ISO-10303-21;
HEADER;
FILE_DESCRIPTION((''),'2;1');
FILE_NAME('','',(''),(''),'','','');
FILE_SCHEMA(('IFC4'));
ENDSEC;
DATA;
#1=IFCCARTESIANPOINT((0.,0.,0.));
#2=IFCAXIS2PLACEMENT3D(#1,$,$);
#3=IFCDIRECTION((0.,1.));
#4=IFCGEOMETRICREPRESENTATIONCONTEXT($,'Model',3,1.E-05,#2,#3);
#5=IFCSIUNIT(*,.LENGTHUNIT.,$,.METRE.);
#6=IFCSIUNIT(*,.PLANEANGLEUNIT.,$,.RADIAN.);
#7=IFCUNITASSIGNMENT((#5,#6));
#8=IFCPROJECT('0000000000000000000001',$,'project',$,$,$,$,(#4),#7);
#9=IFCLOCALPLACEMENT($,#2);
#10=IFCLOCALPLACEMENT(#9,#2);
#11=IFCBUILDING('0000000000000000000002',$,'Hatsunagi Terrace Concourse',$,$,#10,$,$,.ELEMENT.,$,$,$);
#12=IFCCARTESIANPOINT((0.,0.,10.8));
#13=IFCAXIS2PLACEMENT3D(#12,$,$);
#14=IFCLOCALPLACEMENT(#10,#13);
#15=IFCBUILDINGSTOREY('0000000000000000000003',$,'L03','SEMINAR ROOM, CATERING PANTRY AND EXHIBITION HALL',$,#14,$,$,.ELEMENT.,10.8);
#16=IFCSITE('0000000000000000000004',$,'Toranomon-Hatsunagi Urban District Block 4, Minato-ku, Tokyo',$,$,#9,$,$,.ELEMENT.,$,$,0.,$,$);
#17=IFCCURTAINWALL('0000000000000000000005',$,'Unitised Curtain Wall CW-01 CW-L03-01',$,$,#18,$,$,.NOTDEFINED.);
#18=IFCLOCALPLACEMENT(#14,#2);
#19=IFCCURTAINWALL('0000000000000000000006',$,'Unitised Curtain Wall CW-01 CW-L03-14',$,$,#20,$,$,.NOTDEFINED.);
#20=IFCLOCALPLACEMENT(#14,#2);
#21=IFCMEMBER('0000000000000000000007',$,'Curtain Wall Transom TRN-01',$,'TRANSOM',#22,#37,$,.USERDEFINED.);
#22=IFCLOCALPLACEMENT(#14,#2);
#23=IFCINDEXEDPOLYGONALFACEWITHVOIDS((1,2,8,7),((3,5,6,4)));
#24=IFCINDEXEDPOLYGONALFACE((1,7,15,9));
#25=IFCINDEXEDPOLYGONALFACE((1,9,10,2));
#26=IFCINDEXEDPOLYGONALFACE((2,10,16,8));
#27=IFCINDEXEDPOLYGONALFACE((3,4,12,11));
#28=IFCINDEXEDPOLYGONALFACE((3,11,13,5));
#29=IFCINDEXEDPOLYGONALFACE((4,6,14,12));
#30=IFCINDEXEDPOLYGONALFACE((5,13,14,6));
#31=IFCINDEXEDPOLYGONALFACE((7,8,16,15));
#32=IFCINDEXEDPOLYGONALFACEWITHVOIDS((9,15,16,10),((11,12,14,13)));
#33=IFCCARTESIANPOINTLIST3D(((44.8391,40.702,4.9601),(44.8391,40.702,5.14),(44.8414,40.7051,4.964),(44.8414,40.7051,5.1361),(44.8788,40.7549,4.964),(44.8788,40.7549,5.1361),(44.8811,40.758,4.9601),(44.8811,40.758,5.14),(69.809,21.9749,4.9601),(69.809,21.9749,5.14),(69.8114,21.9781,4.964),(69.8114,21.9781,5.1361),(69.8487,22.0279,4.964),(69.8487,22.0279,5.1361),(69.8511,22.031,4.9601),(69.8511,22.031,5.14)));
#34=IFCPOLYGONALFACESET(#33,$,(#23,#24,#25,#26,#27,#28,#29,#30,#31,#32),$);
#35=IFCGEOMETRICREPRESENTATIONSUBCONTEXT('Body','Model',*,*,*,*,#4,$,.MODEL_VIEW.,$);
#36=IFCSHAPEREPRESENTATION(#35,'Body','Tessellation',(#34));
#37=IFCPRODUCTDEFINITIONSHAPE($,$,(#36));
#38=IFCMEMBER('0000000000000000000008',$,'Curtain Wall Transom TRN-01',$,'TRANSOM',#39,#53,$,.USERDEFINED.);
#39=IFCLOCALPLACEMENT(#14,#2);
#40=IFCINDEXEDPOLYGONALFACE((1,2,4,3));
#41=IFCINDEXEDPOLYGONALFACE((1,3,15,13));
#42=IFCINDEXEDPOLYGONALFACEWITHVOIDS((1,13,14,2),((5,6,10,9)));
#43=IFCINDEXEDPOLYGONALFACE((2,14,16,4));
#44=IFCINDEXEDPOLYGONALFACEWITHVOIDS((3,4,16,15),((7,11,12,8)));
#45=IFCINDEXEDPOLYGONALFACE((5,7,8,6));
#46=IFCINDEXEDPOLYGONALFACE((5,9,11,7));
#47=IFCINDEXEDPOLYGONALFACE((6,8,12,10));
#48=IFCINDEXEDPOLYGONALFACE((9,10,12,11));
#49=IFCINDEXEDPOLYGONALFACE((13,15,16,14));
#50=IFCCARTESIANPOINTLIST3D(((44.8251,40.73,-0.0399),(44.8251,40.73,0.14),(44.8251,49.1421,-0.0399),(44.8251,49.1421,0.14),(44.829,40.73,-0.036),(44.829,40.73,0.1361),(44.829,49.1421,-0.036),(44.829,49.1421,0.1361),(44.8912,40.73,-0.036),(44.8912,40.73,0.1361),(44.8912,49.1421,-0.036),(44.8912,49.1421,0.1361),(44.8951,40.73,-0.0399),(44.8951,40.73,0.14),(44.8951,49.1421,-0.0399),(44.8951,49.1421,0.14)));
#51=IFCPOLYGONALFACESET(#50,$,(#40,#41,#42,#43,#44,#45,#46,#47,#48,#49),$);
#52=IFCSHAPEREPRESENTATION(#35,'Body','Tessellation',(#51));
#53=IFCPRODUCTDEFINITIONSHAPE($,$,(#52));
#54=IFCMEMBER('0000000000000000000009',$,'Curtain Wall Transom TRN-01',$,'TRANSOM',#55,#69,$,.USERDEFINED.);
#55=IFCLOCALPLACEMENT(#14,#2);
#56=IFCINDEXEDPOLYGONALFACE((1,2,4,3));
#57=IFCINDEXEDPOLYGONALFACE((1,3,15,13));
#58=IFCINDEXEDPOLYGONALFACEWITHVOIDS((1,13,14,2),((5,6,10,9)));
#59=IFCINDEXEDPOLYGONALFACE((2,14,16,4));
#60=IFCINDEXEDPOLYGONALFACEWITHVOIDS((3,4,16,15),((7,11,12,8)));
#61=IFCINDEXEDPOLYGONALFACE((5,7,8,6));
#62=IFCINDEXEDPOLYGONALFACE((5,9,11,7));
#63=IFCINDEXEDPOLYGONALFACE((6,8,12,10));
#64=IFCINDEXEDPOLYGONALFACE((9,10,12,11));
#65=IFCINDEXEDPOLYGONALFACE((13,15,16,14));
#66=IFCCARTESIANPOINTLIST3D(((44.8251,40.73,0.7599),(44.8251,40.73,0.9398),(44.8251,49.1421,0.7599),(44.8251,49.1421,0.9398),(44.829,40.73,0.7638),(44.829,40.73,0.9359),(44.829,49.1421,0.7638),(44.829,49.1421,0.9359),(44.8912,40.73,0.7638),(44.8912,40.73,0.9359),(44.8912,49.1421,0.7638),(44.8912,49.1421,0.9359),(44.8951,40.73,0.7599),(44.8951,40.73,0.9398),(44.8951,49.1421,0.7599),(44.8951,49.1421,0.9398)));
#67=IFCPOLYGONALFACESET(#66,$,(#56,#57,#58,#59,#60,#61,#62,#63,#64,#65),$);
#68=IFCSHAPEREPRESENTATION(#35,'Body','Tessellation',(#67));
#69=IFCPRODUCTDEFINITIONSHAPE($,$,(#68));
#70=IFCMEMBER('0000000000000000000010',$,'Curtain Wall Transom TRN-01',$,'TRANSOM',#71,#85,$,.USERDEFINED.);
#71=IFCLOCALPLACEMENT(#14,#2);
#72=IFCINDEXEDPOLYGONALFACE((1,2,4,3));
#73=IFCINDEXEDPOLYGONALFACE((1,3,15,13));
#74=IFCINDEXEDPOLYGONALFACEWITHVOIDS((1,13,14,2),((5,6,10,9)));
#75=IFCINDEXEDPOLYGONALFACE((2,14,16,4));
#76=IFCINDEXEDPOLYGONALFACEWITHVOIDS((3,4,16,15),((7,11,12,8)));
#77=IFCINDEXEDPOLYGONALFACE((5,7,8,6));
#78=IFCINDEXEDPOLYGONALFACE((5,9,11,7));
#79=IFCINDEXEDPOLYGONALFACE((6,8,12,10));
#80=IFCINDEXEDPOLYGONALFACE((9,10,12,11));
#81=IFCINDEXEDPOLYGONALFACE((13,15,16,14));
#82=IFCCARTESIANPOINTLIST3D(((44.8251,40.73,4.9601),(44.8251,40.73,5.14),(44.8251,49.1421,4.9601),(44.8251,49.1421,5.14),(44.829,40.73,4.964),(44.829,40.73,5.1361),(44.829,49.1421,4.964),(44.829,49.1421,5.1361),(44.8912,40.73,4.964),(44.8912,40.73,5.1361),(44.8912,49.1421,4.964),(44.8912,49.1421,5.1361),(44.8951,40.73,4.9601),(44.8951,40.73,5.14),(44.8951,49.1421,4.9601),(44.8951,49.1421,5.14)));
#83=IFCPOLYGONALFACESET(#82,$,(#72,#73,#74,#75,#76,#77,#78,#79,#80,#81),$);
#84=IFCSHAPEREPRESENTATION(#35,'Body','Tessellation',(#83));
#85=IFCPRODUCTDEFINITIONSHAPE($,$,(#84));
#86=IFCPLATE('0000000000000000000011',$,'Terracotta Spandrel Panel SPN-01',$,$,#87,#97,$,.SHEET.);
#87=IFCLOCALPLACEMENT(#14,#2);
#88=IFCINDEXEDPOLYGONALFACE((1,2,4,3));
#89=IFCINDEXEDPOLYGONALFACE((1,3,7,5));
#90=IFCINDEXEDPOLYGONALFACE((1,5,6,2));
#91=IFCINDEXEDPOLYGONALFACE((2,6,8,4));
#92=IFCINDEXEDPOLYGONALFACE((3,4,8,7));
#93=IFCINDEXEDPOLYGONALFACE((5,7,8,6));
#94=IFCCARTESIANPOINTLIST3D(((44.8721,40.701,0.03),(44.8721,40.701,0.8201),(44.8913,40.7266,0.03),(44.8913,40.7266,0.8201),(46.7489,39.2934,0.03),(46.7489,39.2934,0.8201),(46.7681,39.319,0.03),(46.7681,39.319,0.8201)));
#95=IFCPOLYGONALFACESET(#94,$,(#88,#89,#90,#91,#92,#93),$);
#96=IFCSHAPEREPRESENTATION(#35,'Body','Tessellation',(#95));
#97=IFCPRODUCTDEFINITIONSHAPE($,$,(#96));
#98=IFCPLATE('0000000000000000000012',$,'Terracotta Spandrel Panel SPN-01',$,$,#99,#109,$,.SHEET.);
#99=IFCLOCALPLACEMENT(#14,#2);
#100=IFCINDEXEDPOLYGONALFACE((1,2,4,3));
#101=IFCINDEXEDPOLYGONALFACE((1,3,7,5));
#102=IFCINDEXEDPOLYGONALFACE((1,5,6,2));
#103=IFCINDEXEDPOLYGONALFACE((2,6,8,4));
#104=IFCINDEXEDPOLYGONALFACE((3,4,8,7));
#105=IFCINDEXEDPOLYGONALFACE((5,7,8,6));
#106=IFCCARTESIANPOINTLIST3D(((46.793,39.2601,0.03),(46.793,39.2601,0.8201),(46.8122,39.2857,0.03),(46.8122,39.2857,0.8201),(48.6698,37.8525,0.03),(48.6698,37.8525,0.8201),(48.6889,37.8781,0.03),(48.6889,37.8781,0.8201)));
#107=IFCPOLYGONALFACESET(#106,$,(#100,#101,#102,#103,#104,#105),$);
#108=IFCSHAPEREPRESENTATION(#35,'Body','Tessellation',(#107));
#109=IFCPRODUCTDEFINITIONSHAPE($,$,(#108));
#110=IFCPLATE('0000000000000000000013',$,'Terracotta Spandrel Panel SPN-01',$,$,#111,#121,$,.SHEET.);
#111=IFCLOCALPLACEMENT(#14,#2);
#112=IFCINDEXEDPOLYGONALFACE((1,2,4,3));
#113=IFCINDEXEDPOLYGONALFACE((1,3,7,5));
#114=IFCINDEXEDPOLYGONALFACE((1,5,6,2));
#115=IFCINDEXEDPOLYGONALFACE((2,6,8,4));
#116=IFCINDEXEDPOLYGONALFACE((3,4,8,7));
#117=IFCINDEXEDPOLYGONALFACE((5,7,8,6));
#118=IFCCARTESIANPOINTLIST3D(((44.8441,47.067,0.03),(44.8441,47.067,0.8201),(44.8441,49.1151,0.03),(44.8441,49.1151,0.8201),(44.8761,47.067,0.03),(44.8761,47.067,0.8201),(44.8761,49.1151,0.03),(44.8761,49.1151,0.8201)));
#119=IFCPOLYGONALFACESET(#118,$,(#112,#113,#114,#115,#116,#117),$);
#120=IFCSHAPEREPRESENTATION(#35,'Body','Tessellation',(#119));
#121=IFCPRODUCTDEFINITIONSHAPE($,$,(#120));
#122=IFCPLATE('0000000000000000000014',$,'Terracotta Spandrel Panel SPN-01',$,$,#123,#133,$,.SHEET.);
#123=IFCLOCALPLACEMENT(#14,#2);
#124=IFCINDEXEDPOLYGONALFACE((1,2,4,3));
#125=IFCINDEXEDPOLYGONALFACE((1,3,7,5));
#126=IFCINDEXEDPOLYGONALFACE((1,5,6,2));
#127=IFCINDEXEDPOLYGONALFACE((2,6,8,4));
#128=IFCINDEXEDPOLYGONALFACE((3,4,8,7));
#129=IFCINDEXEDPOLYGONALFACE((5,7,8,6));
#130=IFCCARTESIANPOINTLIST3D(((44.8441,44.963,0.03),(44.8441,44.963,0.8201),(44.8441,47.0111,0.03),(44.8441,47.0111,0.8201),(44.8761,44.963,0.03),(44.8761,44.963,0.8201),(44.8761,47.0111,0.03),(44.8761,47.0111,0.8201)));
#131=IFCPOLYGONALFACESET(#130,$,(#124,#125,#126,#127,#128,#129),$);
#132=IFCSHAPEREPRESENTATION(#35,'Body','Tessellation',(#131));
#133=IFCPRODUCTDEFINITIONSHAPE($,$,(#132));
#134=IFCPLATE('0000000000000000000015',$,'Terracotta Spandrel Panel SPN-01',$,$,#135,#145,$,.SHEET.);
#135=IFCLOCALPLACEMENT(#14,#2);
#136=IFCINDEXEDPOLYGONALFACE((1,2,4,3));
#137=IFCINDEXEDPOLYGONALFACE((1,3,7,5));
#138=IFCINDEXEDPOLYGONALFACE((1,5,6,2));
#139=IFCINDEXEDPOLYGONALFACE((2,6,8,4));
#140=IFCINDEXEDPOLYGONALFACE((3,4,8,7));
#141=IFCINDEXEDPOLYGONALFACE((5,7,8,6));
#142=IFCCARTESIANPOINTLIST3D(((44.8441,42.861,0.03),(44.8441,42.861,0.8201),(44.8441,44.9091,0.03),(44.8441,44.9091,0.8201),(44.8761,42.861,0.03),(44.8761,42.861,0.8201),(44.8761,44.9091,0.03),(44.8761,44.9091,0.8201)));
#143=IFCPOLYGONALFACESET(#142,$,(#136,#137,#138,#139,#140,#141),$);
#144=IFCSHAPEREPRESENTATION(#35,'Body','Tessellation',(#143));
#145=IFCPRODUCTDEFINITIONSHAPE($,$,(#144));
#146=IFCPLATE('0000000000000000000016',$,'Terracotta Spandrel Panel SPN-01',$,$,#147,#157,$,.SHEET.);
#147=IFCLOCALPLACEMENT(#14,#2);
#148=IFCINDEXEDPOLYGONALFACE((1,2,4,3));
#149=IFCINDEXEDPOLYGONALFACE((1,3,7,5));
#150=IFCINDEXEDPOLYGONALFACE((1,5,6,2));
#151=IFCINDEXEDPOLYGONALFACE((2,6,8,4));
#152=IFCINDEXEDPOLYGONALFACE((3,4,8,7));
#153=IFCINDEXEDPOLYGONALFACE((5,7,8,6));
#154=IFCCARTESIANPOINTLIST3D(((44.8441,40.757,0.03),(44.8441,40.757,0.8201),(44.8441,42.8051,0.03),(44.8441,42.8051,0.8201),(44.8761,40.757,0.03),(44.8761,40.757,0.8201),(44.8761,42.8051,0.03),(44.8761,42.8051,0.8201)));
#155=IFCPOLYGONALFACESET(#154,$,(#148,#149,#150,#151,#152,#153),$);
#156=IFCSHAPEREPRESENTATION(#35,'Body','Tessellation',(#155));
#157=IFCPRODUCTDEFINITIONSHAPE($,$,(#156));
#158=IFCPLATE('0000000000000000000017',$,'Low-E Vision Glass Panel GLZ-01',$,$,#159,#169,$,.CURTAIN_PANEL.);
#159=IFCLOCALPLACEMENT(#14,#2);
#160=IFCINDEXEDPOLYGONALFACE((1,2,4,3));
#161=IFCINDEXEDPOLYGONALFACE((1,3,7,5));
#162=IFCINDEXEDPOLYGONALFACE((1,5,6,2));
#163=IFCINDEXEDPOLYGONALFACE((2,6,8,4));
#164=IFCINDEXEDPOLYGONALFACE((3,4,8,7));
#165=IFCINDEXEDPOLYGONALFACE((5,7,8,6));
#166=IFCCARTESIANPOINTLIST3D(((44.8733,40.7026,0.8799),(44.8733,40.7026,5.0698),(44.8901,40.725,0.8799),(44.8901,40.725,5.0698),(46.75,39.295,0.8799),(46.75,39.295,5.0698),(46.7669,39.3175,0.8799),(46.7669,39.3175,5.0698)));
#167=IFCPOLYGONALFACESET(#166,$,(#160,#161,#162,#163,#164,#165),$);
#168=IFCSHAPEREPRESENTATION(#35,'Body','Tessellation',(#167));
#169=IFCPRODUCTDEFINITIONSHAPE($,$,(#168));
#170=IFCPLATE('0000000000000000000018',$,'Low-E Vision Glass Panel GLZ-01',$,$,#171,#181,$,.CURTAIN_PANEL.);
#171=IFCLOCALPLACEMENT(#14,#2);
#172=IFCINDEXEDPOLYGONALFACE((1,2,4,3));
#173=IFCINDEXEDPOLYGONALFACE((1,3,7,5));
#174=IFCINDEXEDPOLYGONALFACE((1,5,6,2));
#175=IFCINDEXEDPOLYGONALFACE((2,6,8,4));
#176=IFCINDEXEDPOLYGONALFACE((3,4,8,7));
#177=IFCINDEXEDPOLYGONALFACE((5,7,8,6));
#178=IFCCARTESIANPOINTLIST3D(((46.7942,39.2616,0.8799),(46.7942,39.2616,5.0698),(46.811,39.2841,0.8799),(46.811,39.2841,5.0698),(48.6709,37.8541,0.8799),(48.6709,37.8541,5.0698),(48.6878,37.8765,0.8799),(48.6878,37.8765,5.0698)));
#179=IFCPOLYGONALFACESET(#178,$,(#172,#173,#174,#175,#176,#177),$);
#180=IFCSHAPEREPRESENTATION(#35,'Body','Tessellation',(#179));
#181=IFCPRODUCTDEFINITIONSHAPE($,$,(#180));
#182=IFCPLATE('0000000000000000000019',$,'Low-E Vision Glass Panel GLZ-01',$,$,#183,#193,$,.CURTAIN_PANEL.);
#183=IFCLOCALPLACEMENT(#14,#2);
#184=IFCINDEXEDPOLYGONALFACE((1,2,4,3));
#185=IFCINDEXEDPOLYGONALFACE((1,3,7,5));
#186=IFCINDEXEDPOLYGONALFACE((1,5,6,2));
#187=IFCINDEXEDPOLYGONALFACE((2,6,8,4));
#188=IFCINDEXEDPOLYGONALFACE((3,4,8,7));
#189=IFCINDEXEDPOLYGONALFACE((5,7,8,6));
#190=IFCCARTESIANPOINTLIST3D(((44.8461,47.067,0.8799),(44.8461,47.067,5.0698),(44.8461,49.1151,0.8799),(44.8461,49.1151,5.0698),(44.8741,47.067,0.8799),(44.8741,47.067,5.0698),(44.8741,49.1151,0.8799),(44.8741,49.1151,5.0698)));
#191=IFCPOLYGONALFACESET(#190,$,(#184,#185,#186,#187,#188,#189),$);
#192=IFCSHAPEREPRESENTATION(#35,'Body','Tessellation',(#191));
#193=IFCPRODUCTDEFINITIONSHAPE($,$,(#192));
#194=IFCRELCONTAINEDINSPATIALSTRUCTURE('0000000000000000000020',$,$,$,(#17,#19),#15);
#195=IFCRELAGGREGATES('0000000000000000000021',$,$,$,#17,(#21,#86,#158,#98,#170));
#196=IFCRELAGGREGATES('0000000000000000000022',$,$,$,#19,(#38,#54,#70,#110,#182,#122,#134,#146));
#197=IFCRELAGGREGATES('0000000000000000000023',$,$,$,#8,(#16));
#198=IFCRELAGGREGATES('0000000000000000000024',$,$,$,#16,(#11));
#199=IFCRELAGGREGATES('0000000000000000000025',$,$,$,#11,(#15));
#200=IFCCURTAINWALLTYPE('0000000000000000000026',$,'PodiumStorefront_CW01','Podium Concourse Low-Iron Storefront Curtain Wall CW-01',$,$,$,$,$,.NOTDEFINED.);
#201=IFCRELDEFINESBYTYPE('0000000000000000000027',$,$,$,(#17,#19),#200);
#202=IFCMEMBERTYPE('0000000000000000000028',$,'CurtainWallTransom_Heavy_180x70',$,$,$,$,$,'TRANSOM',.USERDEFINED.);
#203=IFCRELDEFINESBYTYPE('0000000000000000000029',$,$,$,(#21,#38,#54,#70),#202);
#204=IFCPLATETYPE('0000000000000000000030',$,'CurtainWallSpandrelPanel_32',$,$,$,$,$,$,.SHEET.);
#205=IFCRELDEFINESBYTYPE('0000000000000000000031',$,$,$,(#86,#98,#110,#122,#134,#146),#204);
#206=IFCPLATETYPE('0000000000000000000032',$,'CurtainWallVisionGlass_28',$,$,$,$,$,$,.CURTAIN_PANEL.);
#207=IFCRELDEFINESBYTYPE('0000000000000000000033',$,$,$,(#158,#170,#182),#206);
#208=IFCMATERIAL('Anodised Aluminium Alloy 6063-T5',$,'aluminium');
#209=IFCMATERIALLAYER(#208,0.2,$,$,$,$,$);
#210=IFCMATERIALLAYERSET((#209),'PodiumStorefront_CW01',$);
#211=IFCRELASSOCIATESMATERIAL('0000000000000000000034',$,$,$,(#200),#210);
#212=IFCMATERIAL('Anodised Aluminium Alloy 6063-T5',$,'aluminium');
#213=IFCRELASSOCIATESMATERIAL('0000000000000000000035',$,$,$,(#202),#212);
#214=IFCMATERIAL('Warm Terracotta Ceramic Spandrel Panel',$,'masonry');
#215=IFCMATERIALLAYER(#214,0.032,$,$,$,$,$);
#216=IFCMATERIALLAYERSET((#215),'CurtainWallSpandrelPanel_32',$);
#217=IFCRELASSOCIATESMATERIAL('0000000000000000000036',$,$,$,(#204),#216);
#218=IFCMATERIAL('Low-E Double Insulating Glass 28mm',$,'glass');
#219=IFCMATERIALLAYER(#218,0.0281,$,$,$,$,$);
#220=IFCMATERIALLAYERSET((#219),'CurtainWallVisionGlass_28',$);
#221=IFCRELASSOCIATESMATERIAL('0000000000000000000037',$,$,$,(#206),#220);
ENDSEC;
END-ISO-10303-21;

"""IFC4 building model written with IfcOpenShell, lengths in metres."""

from ifc_helpers import new_model, si_unit, direction, frame, origin, origin_2d, place, context, subcontext, project, spatial, rectangle, hollow_rectangle, extrude, material, layer, layer_set, material_profile, profile_set, type_object, element, aggregate, save


model = new_model("IFC4")

# Units and contexts
model_context = context("Model", 3, precision=1e-05, world=origin(), true_north=direction((0.0, 1.0)))
body_context = subcontext(model_context, "Body", "Model", "MODEL_VIEW")
ifc_project = project(units=[si_unit("LENGTHUNIT", "METRE"), si_unit("PLANEANGLEUNIT", "RADIAN")], contexts=[model_context])

# Site, building, storey
site_placement = place(None, origin())
site = spatial("IfcSite", under=ifc_project, at=site_placement, Name="Toranomon-Hatsunagi Urban District Block 4, Minato-ku, Tokyo", CompositionType="ELEMENT", RefElevation=0.0)
building_placement = place(site_placement, origin())
building = spatial("IfcBuilding", under=site, at=building_placement, Name="Hatsunagi Terrace Concourse", CompositionType="ELEMENT")
storey_placement = place(building_placement, frame((0.0, 0.0, 10.8)))
storey = spatial("IfcBuildingStorey", under=building, at=storey_placement, Name="L03", Description="SEMINAR ROOM, CATERING PANTRY AND EXHIBITION HALL", CompositionType="ELEMENT", Elevation=10.8)

# Curtain walls
ifc_material_1 = material(Name="Anodised Aluminium Alloy 6063-T5", Category="aluminium")
ifc_layer_1 = layer(ifc_material_1, 0.2)
ifc_layer_set_1 = layer_set([ifc_layer_1], Name="PodiumStorefront_CW01")
curtain_wall_type = type_object("IfcCurtainWallType", Name="PodiumStorefront_CW01", Description="Podium Concourse Low-Iron Storefront Curtain Wall CW-01", PredefinedType="NOTDEFINED", material=ifc_layer_set_1)
curtain_wall_1_placement = place(storey_placement, origin())
curtain_wall_1 = element("IfcCurtainWall", 1, at=curtain_wall_1_placement, inside=storey, type_object=curtain_wall_type, Name="Unitised Curtain Wall CW-01 CW-L03-01", PredefinedType="NOTDEFINED")
curtain_wall_2_placement = place(storey_placement, origin())
curtain_wall_2 = element("IfcCurtainWall", 2, at=curtain_wall_2_placement, inside=storey, type_object=curtain_wall_type, Name="Unitised Curtain Wall CW-01 CW-L03-14", PredefinedType="NOTDEFINED")

# Members
ifc_material_2 = material(Name="Anodised Aluminium Alloy 6063-T5", Category="aluminium")
ifc_material_profile_1 = material_profile(ifc_material_2, hollow_rectangle(XDim=0.0701, YDim=0.1799, WallThickness=0.0039, at=origin_2d()), Name="ALU-TRN-180x70x4")
ifc_profile_set_1 = profile_set([ifc_material_profile_1], Name="Anodised Aluminium Alloy 6063-T5")
member_type_1 = type_object("IfcMemberType", Name="CurtainWallTransom_Heavy_180x70", ElementType="TRANSOM", PredefinedType="USERDEFINED", material=ifc_profile_set_1)
member_1_placement = place(storey_placement, frame((44.8601, 40.73, 5.05), z_axis=(0.800007, -0.599991, 0.0), x_axis=(0.599991, 0.800007, 0.0)))
member_1 = element("IfcMember", 3, at=member_1_placement, type_object=member_type_1, Name="Curtain Wall Transom TRN-01", ObjectType="TRANSOM", PredefinedType="USERDEFINED", context=body_context, shape_type="SweptSolid", body=[
    extrude(hollow_rectangle(XDim=0.0701, YDim=0.1799, WallThickness=0.0039, at=origin_2d()), origin(), (0.0, 0.0, 1.0), 31.2122),
])
member_2_placement = place(storey_placement, frame((44.8601, 49.1421, 0.05), z_axis=(0.0, -1.0, 0.0), x_axis=(1.0, 0.0, 0.0)))
member_2 = element("IfcMember", 4, at=member_2_placement, type_object=member_type_1, Name="Curtain Wall Transom TRN-01", ObjectType="TRANSOM", PredefinedType="USERDEFINED", context=body_context, shape_type="SweptSolid", body=[
    extrude(hollow_rectangle(XDim=0.0701, YDim=0.1799, WallThickness=0.0039, at=origin_2d()), origin(), (0.0, 0.0, 1.0), 8.4121),
])
member_3_placement = place(storey_placement, frame((44.8601, 49.1421, 0.8499), z_axis=(0.0, -1.0, 0.0), x_axis=(1.0, 0.0, 0.0)))
member_3 = element("IfcMember", 5, at=member_3_placement, type_object=member_type_1, Name="Curtain Wall Transom TRN-01", ObjectType="TRANSOM", PredefinedType="USERDEFINED", context=body_context, shape_type="SweptSolid", body=[
    extrude(hollow_rectangle(XDim=0.0701, YDim=0.1799, WallThickness=0.0039, at=origin_2d()), origin(), (0.0, 0.0, 1.0), 8.4121),
])
member_4_placement = place(storey_placement, frame((44.8601, 49.1421, 5.05), z_axis=(0.0, -1.0, 0.0), x_axis=(1.0, 0.0, 0.0)))
member_4 = element("IfcMember", 6, at=member_4_placement, type_object=member_type_1, Name="Curtain Wall Transom TRN-01", ObjectType="TRANSOM", PredefinedType="USERDEFINED", context=body_context, shape_type="SweptSolid", body=[
    extrude(hollow_rectangle(XDim=0.0701, YDim=0.1799, WallThickness=0.0039, at=origin_2d()), origin(), (0.0, 0.0, 1.0), 8.4121),
])

# Plates
ifc_material_3 = material(Name="Warm Terracotta Ceramic Spandrel Panel", Category="masonry")
ifc_layer_2 = layer(ifc_material_3, 0.032)
ifc_layer_set_2 = layer_set([ifc_layer_2], Name="CurtainWallSpandrelPanel_32")
plate_type_1 = type_object("IfcPlateType", Name="CurtainWallSpandrelPanel_32", PredefinedType="SHEET", material=ifc_layer_set_2)
plate_1_placement = place(storey_placement, frame((45.8201, 40.01, 0.03), z_axis=(0.0, 0.0, 1.0), x_axis=(0.800007, -0.59999, 0.0)))
plate_1 = element("IfcPlate", 7, at=plate_1_placement, type_object=plate_type_1, Name="Terracotta Spandrel Panel SPN-01", PredefinedType="SHEET", context=body_context, shape_type="SweptSolid", body=[
    extrude(rectangle(XDim=2.3459, YDim=0.032, at=origin_2d()), origin(), (0.0, 0.0, 1.0), 0.79),
])
plate_2_placement = place(storey_placement, frame((47.741, 38.5691, 0.03), z_axis=(0.0, 0.0, 1.0), x_axis=(0.800007, -0.59999, 0.0)))
plate_2 = element("IfcPlate", 8, at=plate_2_placement, type_object=plate_type_1, Name="Terracotta Spandrel Panel SPN-01", PredefinedType="SHEET", context=body_context, shape_type="SweptSolid", body=[
    extrude(rectangle(XDim=2.3459, YDim=0.032, at=origin_2d()), origin(), (0.0, 0.0, 1.0), 0.79),
])
plate_3_placement = place(storey_placement, frame((44.8601, 48.0911, 0.03), z_axis=(0.0, 0.0, 1.0), x_axis=(0.0, -1.0, 0.0)))
plate_3 = element("IfcPlate", 9, at=plate_3_placement, type_object=plate_type_1, Name="Terracotta Spandrel Panel SPN-01", PredefinedType="SHEET", context=body_context, shape_type="SweptSolid", body=[
    extrude(rectangle(XDim=2.0481, YDim=0.032, at=origin_2d()), origin(), (0.0, 0.0, 1.0), 0.79),
])
plate_4_placement = place(storey_placement, frame((44.8601, 45.9871, 0.03), z_axis=(0.0, 0.0, 1.0), x_axis=(0.0, -1.0, 0.0)))
plate_4 = element("IfcPlate", 10, at=plate_4_placement, type_object=plate_type_1, Name="Terracotta Spandrel Panel SPN-01", PredefinedType="SHEET", context=body_context, shape_type="SweptSolid", body=[
    extrude(rectangle(XDim=2.0481, YDim=0.032, at=origin_2d()), origin(), (0.0, 0.0, 1.0), 0.79),
])
plate_5_placement = place(storey_placement, frame((44.8601, 43.885, 0.03), z_axis=(0.0, 0.0, 1.0), x_axis=(0.0, -1.0, 0.0)))
plate_5 = element("IfcPlate", 11, at=plate_5_placement, type_object=plate_type_1, Name="Terracotta Spandrel Panel SPN-01", PredefinedType="SHEET", context=body_context, shape_type="SweptSolid", body=[
    extrude(rectangle(XDim=2.0481, YDim=0.032, at=origin_2d()), origin(), (0.0, 0.0, 1.0), 0.79),
])
plate_6_placement = place(storey_placement, frame((44.8601, 41.781, 0.03), z_axis=(0.0, 0.0, 1.0), x_axis=(0.0, -1.0, 0.0)))
plate_6 = element("IfcPlate", 12, at=plate_6_placement, type_object=plate_type_1, Name="Terracotta Spandrel Panel SPN-01", PredefinedType="SHEET", context=body_context, shape_type="SweptSolid", body=[
    extrude(rectangle(XDim=2.0481, YDim=0.032, at=origin_2d()), origin(), (0.0, 0.0, 1.0), 0.79),
])
ifc_material_4 = material(Name="Low-E Double Insulating Glass 28mm", Category="glass")
ifc_layer_3 = layer(ifc_material_4, 0.0281)
ifc_layer_set_3 = layer_set([ifc_layer_3], Name="CurtainWallVisionGlass_28")
plate_type_2 = type_object("IfcPlateType", Name="CurtainWallVisionGlass_28", PredefinedType="CURTAIN_PANEL", material=ifc_layer_set_3)
plate_7_placement = place(storey_placement, frame((45.8201, 40.01, 0.8799), z_axis=(0.0, 0.0, 1.0), x_axis=(0.800007, -0.59999, 0.0)))
plate_7 = element("IfcPlate", 13, at=plate_7_placement, type_object=plate_type_2, Name="Low-E Vision Glass Panel GLZ-01", PredefinedType="CURTAIN_PANEL", context=body_context, shape_type="SweptSolid", body=[
    extrude(rectangle(XDim=2.3459, YDim=0.0281, at=origin_2d()), origin(), (0.0, 0.0, 1.0), 4.1899),
])
plate_8_placement = place(storey_placement, frame((47.741, 38.5691, 0.8799), z_axis=(0.0, 0.0, 1.0), x_axis=(0.800007, -0.59999, 0.0)))
plate_8 = element("IfcPlate", 14, at=plate_8_placement, type_object=plate_type_2, Name="Low-E Vision Glass Panel GLZ-01", PredefinedType="CURTAIN_PANEL", context=body_context, shape_type="SweptSolid", body=[
    extrude(rectangle(XDim=2.3459, YDim=0.0281, at=origin_2d()), origin(), (0.0, 0.0, 1.0), 4.1899),
])
aggregate(curtain_wall_1, [member_1, plate_1, plate_7, plate_2, plate_8])
plate_9_placement = place(storey_placement, frame((44.8601, 48.0911, 0.8799), z_axis=(0.0, 0.0, 1.0), x_axis=(0.0, -1.0, 0.0)))
plate_9 = element("IfcPlate", 15, at=plate_9_placement, type_object=plate_type_2, Name="Low-E Vision Glass Panel GLZ-01", PredefinedType="CURTAIN_PANEL", context=body_context, shape_type="SweptSolid", body=[
    extrude(rectangle(XDim=2.0481, YDim=0.0281, at=origin_2d()), origin(), (0.0, 0.0, 1.0), 4.1899),
])
aggregate(curtain_wall_2, [member_2, member_3, member_4, plate_3, plate_9, plate_4, plate_5, plate_6])

save(model, "model.ifc")
